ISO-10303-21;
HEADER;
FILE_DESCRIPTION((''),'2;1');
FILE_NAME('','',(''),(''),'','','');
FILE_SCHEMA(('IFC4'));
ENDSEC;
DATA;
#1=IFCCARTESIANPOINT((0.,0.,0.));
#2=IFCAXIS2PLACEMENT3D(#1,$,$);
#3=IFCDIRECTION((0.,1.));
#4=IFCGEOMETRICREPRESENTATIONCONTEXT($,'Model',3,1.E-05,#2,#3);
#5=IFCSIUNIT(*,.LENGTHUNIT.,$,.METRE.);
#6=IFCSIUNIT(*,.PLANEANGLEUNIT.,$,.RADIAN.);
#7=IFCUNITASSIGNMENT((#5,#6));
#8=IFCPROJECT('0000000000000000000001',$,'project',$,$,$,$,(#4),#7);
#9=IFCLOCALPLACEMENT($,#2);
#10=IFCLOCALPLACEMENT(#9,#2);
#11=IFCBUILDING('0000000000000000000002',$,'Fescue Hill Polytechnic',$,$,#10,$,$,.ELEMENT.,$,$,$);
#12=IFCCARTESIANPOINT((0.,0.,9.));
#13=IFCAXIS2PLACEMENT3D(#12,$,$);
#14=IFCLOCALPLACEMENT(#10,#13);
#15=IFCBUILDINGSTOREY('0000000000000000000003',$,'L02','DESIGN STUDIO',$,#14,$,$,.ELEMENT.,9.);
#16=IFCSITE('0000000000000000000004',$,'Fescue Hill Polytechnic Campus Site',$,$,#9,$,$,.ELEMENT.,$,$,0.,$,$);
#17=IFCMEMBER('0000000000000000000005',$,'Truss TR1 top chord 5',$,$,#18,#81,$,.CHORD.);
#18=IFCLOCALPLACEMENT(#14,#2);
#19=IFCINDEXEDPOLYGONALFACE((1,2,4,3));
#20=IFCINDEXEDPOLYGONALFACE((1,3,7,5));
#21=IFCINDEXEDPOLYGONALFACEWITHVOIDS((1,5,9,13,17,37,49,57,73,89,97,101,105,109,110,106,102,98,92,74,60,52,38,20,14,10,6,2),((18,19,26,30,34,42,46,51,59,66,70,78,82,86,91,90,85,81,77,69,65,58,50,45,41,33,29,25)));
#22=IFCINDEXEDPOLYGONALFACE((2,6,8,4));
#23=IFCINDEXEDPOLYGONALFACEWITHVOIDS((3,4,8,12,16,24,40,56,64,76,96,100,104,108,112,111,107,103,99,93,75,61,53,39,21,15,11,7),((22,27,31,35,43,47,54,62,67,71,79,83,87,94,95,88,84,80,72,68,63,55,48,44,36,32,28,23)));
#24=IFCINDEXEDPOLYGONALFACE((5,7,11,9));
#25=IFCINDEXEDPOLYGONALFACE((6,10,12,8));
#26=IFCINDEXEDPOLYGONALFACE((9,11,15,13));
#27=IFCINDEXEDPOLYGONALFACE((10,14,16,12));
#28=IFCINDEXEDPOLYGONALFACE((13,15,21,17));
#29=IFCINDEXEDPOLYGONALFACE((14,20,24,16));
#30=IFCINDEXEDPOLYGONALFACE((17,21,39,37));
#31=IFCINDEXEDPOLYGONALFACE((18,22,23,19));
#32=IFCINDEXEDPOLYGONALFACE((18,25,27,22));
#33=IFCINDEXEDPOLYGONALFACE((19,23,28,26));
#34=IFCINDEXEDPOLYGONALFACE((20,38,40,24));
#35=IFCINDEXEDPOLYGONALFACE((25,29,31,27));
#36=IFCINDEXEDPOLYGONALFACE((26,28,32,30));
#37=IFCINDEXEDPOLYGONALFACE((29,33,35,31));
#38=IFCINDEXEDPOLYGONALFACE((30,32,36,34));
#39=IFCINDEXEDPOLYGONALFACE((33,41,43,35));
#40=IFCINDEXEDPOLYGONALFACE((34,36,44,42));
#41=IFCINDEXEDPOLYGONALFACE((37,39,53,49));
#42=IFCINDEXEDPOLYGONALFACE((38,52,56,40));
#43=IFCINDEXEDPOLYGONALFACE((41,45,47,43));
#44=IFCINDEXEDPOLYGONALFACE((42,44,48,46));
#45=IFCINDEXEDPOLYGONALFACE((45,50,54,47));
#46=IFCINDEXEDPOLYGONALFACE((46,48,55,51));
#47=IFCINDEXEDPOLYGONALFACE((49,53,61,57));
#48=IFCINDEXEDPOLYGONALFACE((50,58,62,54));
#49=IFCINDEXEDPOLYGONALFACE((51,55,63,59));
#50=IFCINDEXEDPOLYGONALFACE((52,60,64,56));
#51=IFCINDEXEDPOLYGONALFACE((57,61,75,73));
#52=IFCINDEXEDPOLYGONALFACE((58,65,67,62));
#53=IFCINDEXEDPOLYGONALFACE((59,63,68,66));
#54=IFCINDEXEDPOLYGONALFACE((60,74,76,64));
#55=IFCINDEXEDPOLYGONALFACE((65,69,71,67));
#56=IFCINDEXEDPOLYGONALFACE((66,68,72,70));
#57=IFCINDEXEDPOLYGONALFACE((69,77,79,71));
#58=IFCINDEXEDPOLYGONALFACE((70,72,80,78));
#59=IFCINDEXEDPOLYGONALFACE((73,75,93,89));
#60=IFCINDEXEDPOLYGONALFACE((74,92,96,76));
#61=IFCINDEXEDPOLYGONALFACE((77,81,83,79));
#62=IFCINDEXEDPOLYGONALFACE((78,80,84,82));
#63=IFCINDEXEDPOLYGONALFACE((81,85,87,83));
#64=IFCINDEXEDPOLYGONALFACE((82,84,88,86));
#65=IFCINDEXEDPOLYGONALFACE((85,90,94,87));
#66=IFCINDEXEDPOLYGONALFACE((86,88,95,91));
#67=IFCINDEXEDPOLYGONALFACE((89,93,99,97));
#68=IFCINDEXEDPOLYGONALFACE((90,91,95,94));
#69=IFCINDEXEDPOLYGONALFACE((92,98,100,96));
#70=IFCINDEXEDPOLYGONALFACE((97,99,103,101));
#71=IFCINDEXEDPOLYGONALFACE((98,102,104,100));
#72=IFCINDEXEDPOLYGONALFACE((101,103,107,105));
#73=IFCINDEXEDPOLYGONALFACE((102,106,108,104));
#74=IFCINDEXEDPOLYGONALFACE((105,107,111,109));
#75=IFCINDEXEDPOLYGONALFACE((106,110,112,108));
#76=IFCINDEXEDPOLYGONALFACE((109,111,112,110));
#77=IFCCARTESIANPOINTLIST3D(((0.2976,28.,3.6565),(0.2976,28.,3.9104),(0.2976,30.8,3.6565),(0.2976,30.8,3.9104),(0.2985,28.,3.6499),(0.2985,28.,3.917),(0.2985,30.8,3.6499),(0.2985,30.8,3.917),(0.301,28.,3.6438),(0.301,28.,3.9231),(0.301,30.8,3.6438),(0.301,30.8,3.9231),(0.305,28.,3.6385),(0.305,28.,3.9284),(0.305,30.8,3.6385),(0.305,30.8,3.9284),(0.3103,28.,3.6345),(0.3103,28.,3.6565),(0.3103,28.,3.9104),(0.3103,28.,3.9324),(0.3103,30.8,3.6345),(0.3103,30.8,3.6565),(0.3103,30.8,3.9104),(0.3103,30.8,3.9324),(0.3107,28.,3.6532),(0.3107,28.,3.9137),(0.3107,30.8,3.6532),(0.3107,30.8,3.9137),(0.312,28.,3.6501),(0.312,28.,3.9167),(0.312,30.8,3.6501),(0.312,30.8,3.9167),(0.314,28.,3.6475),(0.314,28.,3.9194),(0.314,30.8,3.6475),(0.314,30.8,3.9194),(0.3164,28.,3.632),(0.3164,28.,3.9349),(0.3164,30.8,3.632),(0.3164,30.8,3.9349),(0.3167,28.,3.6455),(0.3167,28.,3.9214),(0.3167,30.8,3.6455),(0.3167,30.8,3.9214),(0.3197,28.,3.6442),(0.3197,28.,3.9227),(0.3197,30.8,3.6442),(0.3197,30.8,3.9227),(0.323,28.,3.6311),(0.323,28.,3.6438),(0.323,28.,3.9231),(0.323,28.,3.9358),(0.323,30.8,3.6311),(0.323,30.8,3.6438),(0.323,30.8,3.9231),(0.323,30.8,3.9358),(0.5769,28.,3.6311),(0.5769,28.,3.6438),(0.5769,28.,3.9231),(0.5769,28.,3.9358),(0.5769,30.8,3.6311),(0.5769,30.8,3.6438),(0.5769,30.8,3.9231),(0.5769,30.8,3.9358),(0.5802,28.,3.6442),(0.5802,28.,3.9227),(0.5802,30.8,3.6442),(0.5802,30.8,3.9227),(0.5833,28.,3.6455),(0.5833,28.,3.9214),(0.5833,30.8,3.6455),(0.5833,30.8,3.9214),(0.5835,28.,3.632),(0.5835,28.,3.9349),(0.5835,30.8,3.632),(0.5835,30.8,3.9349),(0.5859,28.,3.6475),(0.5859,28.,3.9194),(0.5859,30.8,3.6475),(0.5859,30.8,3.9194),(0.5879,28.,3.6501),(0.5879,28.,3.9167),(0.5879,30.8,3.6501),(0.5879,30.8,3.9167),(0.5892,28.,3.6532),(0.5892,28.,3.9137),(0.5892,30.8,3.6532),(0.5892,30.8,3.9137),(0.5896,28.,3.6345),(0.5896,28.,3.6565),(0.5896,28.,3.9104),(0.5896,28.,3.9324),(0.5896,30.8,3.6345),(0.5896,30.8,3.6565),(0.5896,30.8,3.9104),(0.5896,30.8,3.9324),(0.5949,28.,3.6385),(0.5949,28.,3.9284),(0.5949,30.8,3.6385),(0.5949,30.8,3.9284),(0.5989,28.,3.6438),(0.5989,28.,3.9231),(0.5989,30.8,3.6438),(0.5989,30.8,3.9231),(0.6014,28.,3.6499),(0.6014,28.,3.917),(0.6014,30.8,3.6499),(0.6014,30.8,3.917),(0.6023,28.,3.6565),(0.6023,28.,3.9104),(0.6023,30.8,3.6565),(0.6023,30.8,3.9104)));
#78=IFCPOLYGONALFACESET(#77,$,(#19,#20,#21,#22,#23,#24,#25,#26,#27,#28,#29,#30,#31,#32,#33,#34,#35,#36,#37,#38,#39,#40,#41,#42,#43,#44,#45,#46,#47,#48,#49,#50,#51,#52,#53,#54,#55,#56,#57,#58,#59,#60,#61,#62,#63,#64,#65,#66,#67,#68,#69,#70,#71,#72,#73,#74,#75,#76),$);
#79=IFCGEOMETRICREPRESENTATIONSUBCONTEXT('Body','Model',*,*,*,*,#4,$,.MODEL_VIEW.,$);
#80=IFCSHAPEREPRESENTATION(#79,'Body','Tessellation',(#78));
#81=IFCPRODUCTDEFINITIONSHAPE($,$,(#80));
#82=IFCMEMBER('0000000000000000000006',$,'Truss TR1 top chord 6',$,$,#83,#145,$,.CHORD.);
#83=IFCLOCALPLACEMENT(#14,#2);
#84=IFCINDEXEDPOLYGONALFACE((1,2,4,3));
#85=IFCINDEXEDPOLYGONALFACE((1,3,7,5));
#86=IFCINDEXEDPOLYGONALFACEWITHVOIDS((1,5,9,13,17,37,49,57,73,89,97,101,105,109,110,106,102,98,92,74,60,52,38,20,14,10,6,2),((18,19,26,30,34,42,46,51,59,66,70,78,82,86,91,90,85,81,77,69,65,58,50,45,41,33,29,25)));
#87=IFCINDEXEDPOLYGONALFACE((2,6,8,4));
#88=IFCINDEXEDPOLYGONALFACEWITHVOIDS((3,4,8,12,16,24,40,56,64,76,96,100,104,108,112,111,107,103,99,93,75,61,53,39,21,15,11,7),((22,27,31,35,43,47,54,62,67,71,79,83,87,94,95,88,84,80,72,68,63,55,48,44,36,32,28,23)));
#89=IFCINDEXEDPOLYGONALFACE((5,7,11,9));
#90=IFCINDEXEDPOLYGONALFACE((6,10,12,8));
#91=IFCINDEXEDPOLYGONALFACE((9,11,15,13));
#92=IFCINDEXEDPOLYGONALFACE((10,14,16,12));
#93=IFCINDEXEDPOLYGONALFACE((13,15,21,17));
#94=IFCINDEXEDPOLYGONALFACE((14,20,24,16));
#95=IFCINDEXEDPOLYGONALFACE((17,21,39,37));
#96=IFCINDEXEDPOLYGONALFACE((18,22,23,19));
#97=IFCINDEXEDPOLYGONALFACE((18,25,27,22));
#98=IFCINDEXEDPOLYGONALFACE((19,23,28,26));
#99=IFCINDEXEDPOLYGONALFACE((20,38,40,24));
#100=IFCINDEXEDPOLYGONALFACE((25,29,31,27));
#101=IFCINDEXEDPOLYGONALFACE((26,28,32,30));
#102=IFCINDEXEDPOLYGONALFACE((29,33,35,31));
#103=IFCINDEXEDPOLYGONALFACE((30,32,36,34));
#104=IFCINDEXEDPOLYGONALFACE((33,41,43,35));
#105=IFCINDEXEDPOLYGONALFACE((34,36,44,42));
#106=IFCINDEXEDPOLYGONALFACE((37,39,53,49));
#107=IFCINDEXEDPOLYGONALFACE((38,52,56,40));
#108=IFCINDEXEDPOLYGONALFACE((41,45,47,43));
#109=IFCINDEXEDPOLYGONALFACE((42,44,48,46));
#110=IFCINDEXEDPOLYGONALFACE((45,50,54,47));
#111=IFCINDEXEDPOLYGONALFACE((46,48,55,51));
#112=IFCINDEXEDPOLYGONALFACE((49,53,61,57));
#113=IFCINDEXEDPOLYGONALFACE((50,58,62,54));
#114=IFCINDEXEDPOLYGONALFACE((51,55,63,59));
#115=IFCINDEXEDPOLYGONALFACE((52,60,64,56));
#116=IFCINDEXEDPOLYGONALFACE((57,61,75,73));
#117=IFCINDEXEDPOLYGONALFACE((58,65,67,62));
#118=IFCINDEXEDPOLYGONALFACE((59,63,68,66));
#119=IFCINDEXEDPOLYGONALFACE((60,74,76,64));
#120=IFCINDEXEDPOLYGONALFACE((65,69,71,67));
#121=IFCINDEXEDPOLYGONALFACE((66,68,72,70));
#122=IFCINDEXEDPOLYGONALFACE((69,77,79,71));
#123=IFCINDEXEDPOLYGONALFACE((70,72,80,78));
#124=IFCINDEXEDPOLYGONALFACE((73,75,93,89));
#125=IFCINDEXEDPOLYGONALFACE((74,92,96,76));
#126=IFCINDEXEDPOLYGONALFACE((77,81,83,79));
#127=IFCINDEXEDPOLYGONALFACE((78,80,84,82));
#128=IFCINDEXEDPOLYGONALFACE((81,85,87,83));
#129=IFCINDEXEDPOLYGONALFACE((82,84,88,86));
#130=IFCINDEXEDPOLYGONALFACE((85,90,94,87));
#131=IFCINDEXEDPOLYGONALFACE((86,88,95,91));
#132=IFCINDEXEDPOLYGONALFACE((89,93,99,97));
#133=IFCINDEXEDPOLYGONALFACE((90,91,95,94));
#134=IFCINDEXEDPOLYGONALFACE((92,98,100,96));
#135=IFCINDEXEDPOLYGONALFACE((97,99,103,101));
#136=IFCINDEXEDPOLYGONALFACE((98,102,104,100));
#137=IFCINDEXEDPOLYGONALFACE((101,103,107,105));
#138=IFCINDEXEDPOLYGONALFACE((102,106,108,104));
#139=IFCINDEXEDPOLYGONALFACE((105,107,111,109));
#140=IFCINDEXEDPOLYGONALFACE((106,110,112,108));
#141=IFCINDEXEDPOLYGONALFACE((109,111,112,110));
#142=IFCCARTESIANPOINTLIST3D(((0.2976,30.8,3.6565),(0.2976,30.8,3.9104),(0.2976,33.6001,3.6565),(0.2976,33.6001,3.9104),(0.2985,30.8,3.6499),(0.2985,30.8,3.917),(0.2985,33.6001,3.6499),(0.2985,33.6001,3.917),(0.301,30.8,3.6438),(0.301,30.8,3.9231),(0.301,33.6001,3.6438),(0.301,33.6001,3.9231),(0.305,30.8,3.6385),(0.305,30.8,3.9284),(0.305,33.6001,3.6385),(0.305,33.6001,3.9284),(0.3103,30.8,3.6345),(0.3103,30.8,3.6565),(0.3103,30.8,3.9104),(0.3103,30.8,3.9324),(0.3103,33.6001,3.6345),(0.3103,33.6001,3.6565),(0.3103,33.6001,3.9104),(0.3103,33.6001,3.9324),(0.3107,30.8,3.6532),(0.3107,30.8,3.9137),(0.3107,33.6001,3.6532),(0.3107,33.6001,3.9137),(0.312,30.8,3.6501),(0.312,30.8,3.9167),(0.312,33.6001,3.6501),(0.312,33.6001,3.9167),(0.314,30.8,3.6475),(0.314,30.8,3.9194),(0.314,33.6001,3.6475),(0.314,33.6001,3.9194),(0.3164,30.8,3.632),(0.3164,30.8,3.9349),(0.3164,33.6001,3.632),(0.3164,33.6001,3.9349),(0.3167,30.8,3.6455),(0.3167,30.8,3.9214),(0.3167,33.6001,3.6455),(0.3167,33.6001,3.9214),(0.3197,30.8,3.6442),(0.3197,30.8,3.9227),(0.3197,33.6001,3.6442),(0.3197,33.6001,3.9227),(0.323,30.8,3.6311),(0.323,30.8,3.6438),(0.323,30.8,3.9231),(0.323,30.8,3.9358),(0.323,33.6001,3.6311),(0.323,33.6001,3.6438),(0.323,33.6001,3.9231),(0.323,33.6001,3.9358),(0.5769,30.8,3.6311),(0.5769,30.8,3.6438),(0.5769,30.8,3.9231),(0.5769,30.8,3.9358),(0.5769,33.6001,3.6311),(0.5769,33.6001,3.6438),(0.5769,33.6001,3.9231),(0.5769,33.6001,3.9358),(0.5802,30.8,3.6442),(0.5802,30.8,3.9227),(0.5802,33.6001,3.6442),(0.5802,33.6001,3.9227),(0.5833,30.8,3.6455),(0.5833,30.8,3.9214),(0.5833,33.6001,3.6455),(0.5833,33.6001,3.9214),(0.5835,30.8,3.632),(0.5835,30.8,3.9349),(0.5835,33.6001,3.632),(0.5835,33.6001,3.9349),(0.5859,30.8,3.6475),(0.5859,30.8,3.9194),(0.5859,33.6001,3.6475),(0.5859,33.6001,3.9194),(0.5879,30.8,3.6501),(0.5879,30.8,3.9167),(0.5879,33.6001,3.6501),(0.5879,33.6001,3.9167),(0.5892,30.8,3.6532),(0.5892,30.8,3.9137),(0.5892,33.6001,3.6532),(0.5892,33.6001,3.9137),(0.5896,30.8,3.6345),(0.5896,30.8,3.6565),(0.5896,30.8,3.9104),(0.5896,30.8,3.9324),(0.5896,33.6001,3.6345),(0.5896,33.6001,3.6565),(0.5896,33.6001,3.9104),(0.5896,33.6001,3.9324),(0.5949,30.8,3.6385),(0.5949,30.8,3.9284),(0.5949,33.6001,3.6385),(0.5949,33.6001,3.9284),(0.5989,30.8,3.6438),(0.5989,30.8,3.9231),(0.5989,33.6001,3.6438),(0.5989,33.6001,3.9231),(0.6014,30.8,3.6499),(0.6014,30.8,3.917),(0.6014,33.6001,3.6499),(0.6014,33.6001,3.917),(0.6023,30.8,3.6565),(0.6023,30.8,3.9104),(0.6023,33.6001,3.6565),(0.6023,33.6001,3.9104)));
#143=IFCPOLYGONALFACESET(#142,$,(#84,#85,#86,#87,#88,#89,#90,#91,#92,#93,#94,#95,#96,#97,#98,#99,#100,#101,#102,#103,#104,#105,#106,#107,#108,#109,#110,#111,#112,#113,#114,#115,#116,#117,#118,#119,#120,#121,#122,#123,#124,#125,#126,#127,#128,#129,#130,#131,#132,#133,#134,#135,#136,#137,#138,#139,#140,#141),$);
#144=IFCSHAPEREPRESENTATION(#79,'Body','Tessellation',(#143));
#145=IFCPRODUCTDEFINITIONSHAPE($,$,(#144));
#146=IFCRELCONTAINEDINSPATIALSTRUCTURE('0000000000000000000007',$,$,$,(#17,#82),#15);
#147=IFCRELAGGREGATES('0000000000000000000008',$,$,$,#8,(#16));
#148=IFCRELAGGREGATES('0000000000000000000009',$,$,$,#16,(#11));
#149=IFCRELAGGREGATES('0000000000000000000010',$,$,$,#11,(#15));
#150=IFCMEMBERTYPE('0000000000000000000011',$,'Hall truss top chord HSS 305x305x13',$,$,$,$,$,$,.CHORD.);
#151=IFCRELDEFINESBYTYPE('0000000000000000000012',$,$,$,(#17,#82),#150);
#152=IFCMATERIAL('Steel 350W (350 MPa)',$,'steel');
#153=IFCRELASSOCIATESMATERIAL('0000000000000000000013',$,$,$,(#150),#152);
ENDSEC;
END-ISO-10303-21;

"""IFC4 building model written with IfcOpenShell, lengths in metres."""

from ifc_helpers import new_model, si_unit, direction, frame, origin, origin_2d, place, context, subcontext, project, spatial, hollow_rectangle, extrude, material, material_profile, profile_set, type_object, element, save


model = new_model("IFC4")

# Units and contexts
model_context = context("Model", 3, precision=1e-05, world=origin(), true_north=direction((0.0, 1.0)))
body_context = subcontext(model_context, "Body", "Model", "MODEL_VIEW")
ifc_project = project(units=[si_unit("LENGTHUNIT", "METRE"), si_unit("PLANEANGLEUNIT", "RADIAN")], contexts=[model_context])

# Site, building, storey
site_placement = place(None, origin())
site = spatial("IfcSite", under=ifc_project, at=site_placement, Name="Fescue Hill Polytechnic Campus Site", CompositionType="ELEMENT", RefElevation=0.0)
building_placement = place(site_placement, origin())
building = spatial("IfcBuilding", under=site, at=building_placement, Name="Fescue Hill Polytechnic", CompositionType="ELEMENT")
storey_placement = place(building_placement, frame((0.0, 0.0, 9.0)))
storey = spatial("IfcBuildingStorey", under=building, at=storey_placement, Name="L02", Description="DESIGN STUDIO", CompositionType="ELEMENT", Elevation=9.0)

# Members
ifc_material_1 = material(Name="Steel 350W (350 MPa)", Category="steel")
ifc_material_profile_1 = material_profile(ifc_material_1, hollow_rectangle(XDim=0.3047, YDim=0.3047, WallThickness=0.0127, InnerFilletRadius=0.0127, OuterFilletRadius=0.0254, at=origin_2d()), Name="Hall truss top chord HSS 305x305x13")
ifc_profile_set_1 = profile_set([ifc_material_profile_1], Name="Steel 350W (350 MPa)")
member_type_1 = type_object("IfcMemberType", Name="Hall truss top chord HSS 305x305x13", PredefinedType="CHORD", material=ifc_profile_set_1)
for number, where, z_axis, x_axis, name in (
    (1, (0.45, 28.0, 3.7834), (0.0, 1.0, 0.0), (-1.0, 0.0, 0.0), "Truss TR1 top chord 5"),
    (2, (0.45, 30.8, 3.7834), (0.0, 1.0, 0.0), (-1.0, 0.0, 0.0), "Truss TR1 top chord 6"),
):
    element("IfcMember", number, at=place(storey_placement, frame(where, z_axis=z_axis, x_axis=x_axis)), inside=storey, type_object=member_type_1, Name=name, PredefinedType="CHORD", context=body_context, shape_type="SweptSolid", body=[
        extrude(hollow_rectangle(XDim=0.3047, YDim=0.3047, WallThickness=0.0127, InnerFilletRadius=0.0127, OuterFilletRadius=0.0254, at=origin_2d()), origin(), (0.0, 0.0, 1.0), 2.8),
    ])

save(model, "model.ifc")
